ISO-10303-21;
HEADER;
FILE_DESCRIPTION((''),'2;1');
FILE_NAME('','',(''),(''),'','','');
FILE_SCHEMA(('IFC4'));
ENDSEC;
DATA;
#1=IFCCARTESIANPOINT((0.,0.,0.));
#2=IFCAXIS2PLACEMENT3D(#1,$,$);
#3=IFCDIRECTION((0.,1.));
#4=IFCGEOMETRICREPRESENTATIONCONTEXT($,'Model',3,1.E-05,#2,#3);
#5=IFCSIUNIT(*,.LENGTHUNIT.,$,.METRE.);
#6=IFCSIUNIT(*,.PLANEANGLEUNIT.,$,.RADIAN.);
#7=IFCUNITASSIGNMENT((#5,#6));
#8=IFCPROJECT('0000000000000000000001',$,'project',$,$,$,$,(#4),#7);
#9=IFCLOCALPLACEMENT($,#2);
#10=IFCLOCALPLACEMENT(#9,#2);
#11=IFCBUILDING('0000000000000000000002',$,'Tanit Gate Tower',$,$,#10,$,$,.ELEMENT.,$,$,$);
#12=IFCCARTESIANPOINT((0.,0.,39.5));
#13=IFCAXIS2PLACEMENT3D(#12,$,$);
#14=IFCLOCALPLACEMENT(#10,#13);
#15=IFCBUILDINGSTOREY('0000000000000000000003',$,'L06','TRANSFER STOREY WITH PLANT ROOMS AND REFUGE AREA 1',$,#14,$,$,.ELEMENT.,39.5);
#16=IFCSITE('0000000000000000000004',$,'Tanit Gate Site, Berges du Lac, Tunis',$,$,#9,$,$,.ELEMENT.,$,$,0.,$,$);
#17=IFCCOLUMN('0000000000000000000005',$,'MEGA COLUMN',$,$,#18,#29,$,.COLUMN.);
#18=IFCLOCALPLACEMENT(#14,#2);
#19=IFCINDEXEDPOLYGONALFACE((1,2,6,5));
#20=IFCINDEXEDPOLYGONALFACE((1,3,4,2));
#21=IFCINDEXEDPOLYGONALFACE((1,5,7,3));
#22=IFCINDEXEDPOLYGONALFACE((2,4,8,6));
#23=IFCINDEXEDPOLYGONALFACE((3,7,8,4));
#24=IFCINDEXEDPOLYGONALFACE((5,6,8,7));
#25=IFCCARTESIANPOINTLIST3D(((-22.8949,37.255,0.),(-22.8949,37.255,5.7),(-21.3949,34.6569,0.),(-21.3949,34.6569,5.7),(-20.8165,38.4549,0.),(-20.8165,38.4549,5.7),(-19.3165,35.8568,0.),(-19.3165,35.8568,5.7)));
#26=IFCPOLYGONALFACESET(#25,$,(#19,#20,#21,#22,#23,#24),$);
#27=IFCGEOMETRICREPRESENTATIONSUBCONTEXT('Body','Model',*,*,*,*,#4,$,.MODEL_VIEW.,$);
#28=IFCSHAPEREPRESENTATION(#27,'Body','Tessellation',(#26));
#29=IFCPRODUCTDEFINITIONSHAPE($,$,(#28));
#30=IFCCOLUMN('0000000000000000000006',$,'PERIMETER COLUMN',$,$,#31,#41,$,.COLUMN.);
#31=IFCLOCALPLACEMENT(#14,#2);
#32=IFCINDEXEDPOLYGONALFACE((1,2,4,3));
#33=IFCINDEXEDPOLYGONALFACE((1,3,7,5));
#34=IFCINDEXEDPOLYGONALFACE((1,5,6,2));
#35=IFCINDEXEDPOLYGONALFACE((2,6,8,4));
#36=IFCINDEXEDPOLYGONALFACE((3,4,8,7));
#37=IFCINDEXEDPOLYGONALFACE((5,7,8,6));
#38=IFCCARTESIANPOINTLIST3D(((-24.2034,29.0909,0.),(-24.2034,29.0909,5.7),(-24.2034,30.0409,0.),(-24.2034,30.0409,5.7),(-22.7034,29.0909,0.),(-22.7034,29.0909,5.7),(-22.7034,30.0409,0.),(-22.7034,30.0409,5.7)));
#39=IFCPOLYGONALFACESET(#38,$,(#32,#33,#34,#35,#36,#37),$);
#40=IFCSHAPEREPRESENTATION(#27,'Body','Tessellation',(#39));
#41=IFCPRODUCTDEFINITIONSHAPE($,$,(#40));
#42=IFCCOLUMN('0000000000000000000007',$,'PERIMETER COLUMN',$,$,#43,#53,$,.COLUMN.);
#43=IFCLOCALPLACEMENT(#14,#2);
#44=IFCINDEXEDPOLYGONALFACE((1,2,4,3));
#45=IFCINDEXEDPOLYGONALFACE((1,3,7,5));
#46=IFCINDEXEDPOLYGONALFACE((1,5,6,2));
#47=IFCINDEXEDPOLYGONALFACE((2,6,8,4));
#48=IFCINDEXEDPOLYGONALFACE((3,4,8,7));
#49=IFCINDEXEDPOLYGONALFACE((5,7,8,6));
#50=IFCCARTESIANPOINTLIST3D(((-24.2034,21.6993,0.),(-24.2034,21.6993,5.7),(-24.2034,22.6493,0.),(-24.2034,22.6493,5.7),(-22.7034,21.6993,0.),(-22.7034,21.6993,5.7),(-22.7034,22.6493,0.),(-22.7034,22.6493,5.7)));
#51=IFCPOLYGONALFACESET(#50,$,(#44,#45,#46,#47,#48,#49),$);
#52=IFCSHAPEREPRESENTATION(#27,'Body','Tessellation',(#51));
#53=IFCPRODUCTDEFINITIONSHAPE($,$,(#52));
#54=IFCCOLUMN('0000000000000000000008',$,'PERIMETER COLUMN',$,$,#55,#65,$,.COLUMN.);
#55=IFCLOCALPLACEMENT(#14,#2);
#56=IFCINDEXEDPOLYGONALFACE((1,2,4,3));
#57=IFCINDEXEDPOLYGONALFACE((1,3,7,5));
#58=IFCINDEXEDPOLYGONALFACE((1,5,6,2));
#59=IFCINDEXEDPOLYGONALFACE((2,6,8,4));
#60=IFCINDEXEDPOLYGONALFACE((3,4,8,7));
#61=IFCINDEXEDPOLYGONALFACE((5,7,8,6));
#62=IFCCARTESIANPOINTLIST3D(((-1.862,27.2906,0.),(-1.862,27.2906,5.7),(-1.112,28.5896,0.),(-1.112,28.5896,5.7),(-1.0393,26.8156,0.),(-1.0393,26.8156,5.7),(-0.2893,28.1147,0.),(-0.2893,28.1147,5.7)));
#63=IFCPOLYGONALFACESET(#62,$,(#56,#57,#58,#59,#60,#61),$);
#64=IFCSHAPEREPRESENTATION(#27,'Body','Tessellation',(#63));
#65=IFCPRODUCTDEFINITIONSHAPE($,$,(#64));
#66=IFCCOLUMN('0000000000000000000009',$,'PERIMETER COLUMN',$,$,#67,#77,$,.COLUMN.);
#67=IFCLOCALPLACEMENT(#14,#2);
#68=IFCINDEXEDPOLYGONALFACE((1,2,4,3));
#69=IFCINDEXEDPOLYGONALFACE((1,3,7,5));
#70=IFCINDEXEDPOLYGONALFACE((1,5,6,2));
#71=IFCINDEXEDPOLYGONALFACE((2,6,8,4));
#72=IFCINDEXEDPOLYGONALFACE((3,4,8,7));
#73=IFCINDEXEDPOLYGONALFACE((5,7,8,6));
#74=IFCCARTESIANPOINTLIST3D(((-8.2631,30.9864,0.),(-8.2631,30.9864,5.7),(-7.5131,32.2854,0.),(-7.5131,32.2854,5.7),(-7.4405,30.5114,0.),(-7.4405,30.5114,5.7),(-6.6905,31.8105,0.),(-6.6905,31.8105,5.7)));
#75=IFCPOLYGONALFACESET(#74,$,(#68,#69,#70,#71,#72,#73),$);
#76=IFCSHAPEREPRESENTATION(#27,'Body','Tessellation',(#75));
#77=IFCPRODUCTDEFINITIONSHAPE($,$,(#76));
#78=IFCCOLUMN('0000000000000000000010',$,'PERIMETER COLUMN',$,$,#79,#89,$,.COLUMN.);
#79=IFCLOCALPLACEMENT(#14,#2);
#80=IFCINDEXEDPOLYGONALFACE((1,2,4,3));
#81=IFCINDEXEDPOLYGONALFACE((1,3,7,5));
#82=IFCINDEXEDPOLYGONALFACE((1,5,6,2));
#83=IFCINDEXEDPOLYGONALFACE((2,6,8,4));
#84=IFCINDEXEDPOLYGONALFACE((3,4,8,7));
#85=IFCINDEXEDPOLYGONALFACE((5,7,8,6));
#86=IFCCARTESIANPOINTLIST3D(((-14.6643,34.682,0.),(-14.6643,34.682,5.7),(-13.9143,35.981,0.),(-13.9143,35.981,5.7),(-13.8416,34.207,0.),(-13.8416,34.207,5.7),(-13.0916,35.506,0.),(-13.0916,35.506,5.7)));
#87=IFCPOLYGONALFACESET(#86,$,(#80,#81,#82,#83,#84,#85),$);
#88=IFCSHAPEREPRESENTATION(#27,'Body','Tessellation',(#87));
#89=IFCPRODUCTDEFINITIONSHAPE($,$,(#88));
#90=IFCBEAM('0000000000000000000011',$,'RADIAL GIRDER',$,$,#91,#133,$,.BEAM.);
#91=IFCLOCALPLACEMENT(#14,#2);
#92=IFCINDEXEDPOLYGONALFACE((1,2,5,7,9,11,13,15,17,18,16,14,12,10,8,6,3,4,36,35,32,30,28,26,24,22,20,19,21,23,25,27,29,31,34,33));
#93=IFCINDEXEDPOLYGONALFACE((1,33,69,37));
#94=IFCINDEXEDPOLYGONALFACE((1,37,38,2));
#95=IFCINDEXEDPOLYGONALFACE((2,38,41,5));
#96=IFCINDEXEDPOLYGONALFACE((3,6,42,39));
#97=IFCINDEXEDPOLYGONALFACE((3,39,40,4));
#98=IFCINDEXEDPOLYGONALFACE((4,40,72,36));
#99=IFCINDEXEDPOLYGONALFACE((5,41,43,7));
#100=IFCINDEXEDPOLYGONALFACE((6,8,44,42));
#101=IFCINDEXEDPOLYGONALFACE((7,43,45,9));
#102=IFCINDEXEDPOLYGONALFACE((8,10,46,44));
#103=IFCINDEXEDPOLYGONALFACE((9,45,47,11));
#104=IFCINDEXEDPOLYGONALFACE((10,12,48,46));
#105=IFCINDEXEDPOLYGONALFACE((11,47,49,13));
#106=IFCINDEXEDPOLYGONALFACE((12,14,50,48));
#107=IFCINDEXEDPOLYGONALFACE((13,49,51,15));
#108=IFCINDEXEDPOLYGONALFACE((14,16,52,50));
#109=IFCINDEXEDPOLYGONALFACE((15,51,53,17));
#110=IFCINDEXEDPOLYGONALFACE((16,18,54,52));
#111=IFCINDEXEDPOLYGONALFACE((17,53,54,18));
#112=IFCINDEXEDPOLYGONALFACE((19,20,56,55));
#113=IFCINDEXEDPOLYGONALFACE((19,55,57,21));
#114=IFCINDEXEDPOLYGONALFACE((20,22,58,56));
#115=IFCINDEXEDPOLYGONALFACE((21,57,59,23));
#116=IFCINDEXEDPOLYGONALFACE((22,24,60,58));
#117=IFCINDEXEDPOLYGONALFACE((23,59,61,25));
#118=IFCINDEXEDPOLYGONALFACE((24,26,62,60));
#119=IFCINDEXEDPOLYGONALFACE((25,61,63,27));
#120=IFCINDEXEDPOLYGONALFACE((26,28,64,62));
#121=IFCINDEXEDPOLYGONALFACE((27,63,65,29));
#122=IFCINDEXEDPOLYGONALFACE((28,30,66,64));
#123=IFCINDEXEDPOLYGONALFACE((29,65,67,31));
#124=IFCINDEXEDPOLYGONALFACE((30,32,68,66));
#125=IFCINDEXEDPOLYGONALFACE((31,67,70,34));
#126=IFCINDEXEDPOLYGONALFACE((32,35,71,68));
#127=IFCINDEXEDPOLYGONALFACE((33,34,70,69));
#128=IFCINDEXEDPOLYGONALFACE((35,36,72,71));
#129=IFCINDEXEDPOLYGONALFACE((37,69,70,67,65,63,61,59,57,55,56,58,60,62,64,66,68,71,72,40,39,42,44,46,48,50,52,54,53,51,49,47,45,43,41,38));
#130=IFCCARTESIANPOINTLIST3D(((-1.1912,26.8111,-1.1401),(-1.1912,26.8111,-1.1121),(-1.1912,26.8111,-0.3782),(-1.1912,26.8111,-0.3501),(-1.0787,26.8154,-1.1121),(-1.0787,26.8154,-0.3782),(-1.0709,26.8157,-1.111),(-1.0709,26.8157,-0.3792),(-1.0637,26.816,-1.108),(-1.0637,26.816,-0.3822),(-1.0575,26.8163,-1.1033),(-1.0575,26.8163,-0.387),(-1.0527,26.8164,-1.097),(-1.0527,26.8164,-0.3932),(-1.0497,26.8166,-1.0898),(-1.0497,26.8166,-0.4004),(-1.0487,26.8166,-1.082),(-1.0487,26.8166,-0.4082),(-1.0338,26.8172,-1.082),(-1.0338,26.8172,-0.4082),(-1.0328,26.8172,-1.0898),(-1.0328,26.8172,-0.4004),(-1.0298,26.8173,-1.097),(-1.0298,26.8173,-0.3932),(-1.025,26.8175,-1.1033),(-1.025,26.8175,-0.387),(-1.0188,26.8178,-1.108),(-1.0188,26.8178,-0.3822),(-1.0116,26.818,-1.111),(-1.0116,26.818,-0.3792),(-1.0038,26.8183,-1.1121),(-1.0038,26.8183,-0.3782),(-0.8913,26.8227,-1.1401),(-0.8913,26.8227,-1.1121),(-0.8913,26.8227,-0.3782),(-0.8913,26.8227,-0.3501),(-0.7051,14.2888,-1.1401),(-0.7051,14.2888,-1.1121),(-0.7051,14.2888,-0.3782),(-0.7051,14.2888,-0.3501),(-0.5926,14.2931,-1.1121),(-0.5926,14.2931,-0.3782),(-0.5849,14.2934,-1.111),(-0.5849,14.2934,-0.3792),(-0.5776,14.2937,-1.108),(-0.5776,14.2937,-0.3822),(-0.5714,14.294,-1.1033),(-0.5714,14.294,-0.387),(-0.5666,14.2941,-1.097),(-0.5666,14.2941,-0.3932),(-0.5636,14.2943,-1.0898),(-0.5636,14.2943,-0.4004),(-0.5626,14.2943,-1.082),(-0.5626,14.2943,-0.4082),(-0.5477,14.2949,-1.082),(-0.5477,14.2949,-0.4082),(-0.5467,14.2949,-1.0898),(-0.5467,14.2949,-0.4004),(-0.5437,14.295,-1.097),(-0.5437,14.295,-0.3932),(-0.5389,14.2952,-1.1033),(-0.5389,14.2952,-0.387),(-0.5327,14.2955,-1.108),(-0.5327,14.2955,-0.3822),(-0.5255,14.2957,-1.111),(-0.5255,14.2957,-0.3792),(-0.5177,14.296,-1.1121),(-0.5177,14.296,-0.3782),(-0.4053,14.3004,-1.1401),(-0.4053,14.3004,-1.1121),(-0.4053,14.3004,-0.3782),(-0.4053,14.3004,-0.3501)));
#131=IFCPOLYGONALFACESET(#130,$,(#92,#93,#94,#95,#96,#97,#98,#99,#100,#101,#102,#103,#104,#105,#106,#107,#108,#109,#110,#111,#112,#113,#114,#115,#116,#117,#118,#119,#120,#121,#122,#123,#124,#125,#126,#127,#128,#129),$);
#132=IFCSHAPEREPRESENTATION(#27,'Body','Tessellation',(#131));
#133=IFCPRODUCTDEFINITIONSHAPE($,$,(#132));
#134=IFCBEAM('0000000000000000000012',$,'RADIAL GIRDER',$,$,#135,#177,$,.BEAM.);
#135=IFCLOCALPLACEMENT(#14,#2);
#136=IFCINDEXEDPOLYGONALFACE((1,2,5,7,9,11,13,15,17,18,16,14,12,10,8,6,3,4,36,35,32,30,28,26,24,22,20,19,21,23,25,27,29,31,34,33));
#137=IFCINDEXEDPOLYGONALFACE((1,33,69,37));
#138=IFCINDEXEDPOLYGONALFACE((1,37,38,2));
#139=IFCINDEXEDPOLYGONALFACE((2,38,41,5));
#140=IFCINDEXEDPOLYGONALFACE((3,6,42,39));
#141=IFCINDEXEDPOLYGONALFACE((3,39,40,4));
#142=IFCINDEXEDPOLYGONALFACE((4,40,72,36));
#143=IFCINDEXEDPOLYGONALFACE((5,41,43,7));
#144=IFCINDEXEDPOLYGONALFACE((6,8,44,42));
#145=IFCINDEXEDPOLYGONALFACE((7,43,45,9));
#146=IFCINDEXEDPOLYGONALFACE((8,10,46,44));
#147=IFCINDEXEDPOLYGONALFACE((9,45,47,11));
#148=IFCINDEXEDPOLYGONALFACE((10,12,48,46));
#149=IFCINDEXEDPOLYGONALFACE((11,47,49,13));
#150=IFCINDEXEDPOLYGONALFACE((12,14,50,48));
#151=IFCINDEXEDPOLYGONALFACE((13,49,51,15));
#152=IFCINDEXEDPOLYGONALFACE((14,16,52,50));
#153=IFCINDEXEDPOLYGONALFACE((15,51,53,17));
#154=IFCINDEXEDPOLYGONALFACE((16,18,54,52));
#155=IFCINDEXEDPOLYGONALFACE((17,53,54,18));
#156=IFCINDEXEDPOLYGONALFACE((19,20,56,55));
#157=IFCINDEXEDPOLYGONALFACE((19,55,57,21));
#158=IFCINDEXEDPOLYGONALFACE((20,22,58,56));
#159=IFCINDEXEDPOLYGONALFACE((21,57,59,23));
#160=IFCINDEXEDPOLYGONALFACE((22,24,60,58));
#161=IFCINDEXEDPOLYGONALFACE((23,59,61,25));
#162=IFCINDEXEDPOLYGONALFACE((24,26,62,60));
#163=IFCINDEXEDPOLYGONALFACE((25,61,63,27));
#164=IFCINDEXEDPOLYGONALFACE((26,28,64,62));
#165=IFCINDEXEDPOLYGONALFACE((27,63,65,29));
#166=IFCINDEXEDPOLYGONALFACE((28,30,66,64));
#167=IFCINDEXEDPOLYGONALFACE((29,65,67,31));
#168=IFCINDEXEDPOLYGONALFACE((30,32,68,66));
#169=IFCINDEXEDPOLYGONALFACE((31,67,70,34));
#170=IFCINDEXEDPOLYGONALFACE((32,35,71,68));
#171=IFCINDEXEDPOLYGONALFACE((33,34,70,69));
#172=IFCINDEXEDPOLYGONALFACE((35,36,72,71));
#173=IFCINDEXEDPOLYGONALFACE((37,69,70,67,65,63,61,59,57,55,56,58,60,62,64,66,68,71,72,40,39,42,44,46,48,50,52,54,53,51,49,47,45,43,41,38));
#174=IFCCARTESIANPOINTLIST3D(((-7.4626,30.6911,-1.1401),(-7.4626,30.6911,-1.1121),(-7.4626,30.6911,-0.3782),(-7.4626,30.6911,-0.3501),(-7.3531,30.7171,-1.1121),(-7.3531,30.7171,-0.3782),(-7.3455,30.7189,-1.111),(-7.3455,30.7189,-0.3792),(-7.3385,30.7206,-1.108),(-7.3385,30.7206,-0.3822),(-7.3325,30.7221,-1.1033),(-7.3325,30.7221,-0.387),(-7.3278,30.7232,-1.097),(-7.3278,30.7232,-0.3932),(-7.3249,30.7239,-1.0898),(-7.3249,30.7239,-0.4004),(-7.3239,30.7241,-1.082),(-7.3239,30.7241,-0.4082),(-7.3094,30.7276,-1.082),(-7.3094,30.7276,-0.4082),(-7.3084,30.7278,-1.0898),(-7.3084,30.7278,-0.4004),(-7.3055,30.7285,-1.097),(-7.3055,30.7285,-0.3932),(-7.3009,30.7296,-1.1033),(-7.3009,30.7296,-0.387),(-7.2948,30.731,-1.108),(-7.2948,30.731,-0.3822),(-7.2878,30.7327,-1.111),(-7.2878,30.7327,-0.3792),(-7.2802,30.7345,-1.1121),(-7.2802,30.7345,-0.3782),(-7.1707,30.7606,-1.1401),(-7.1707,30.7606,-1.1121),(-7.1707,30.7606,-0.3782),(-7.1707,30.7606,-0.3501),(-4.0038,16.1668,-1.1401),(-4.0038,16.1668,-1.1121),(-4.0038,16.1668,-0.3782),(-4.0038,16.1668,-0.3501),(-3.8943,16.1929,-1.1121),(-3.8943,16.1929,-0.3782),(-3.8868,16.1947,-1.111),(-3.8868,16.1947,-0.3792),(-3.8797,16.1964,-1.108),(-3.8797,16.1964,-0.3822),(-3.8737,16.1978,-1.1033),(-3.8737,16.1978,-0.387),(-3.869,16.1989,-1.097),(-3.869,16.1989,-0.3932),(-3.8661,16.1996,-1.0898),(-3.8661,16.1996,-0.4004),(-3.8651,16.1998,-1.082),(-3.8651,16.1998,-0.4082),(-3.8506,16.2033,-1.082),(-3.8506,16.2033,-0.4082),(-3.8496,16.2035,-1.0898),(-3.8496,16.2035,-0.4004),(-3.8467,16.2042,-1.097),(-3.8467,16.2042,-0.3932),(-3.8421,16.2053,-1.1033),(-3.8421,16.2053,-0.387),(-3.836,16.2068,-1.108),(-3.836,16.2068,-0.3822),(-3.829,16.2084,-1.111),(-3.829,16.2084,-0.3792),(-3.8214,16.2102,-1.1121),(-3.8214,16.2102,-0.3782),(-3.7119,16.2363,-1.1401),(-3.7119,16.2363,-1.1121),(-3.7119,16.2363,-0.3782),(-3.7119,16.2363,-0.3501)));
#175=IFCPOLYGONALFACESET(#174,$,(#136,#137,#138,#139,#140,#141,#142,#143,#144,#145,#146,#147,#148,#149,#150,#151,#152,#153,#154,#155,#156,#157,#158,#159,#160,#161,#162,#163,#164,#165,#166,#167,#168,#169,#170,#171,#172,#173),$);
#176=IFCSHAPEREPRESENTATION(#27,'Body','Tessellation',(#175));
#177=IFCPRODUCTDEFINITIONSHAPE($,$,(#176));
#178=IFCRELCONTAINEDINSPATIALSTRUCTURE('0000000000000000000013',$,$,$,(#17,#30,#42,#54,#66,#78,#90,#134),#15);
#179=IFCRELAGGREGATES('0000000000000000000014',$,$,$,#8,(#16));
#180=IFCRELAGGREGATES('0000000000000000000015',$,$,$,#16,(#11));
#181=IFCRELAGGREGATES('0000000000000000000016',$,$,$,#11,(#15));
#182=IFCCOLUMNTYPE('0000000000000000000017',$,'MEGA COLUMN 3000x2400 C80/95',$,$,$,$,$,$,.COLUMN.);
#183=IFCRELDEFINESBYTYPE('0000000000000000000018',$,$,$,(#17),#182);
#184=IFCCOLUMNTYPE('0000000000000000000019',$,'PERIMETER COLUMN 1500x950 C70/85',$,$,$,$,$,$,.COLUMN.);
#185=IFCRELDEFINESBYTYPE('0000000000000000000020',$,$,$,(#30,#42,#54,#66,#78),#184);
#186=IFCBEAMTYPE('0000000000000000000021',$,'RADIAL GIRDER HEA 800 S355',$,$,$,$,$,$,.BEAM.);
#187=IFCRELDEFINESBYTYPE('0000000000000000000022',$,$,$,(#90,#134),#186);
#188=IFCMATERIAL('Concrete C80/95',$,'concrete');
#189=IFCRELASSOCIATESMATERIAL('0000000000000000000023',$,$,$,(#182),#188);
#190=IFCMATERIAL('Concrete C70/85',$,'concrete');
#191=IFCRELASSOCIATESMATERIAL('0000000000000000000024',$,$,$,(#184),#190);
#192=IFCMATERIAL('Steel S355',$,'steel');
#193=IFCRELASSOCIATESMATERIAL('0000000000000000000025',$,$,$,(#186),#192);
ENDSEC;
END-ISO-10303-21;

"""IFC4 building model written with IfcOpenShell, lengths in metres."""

from ifc_helpers import new_model, si_unit, direction, frame, origin, origin_2d, place, context, subcontext, project, spatial, rectangle, i_section, extrude, material, material_profile, profile_set, type_object, element, save


model = new_model("IFC4")

# Units and contexts
model_context = context("Model", 3, precision=1e-05, world=origin(), true_north=direction((0.0, 1.0)))
body_context = subcontext(model_context, "Body", "Model", "MODEL_VIEW")
ifc_project = project(units=[si_unit("LENGTHUNIT", "METRE"), si_unit("PLANEANGLEUNIT", "RADIAN")], contexts=[model_context])

# Site, building, storey
site_placement = place(None, origin())
site = spatial("IfcSite", under=ifc_project, at=site_placement, Name="Tanit Gate Site, Berges du Lac, Tunis", CompositionType="ELEMENT", RefElevation=0.0)
building_placement = place(site_placement, origin())
building = spatial("IfcBuilding", under=site, at=building_placement, Name="Tanit Gate Tower", CompositionType="ELEMENT")
storey_placement = place(building_placement, frame((0.0, 0.0, 39.5)))
storey = spatial("IfcBuildingStorey", under=building, at=storey_placement, Name="L06", Description="TRANSFER STOREY WITH PLANT ROOMS AND REFUGE AREA 1", CompositionType="ELEMENT", Elevation=39.5)

# Columns
ifc_material_1 = material(Name="Concrete C80/95", Category="concrete")
ifc_material_profile_1 = material_profile(ifc_material_1, rectangle(XDim=3.0, YDim=2.3999, at=origin_2d()), Name="RC 3000x2400")
ifc_profile_set_1 = profile_set([ifc_material_profile_1], Name="Concrete C80/95")
column_type_1 = type_object("IfcColumnType", Name="MEGA COLUMN 3000x2400 C80/95", PredefinedType="COLUMN", material=ifc_profile_set_1)
column_placement = place(storey_placement, frame((-21.1057, 36.5559, 0.0), z_axis=(0.0, 0.0, 1.0), x_axis=(-0.5, 0.866025, 0.0)))
element("IfcColumn", 1, at=column_placement, inside=storey, type_object=column_type_1, Name="MEGA COLUMN", PredefinedType="COLUMN", context=body_context, shape_type="SweptSolid", body=[
    extrude(rectangle(XDim=3.0, YDim=2.3999, at=origin_2d()), origin(), (0.0, 0.0, 1.0), 5.7),
])
ifc_material_2 = material(Name="Concrete C70/85", Category="concrete")
ifc_material_profile_2 = material_profile(ifc_material_2, rectangle(XDim=1.5, YDim=0.95, at=origin_2d()), Name="RC 1500x950")
ifc_profile_set_2 = profile_set([ifc_material_profile_2], Name="Concrete C70/85")
column_type_2 = type_object("IfcColumnType", Name="PERIMETER COLUMN 1500x950 C70/85", PredefinedType="COLUMN", material=ifc_profile_set_2)
for number, where, z_axis, x_axis, name in (
    (2, (-23.4534, 29.5659, 0.0), (0.0, 0.0, 1.0), (-1.0, 0.0, 0.0), "PERIMETER COLUMN"),
    (3, (-23.4534, 22.1743, 0.0), (0.0, 0.0, 1.0), (-1.0, 0.0, 0.0), "PERIMETER COLUMN"),
    (4, (-1.0757, 27.7026, 0.0), (0.0, 0.0, 1.0), (0.5, 0.866025, 0.0), "PERIMETER COLUMN"),
    (5, (-7.4768, 31.3984, 0.0), (0.0, 0.0, 1.0), (0.5, 0.866025, 0.0), "PERIMETER COLUMN"),
    (6, (-13.8779, 35.094, 0.0), (0.0, 0.0, 1.0), (0.5, 0.866025, 0.0), "PERIMETER COLUMN"),
):
    element("IfcColumn", number, at=place(storey_placement, frame(where, z_axis=z_axis, x_axis=x_axis)), inside=storey, type_object=column_type_2, Name=name, PredefinedType="COLUMN", context=body_context, shape_type="SweptSolid", body=[
        extrude(rectangle(XDim=1.5, YDim=0.95, at=origin_2d()), origin(), (0.0, 0.0, 1.0), 5.7),
    ])

# Beams
ifc_material_3 = material(Name="Steel S355", Category="steel")
ifc_material_profile_3 = material_profile(ifc_material_3, i_section(OverallWidth=0.3, OverallDepth=0.79, WebThickness=0.0149, FlangeThickness=0.0281, FilletRadius=0.03, at=origin_2d()), Name="HEA 800")
ifc_profile_set_3 = profile_set([ifc_material_profile_3], Name="Steel S355")
beam_type_1 = type_object("IfcBeamType", Name="RADIAL GIRDER HEA 800 S355", PredefinedType="BEAM", material=ifc_profile_set_3)
beam_1_placement = place(storey_placement, frame((-1.0413, 26.8169, -0.7451), z_axis=(0.038789, -0.999247, 0.0), x_axis=(0.999247, 0.038789, 0.0)))
element("IfcBeam", 7, at=beam_1_placement, inside=storey, type_object=beam_type_1, Name="RADIAL GIRDER", PredefinedType="BEAM", context=body_context, shape_type="SweptSolid", body=[
    extrude(i_section(OverallWidth=0.3, OverallDepth=0.79, WebThickness=0.0149, FlangeThickness=0.0281, FilletRadius=0.03, at=origin_2d()), origin(), (0.0, 0.0, 1.0), 12.5317),
])
beam_2_placement = place(storey_placement, frame((-7.3167, 30.7258, -0.7451), z_axis=(0.231659, -0.972797, 0.0), x_axis=(0.972797, 0.231659, 0.0)))
element("IfcBeam", 8, at=beam_2_placement, inside=storey, type_object=beam_type_1, Name="RADIAL GIRDER", PredefinedType="BEAM", context=body_context, shape_type="SweptSolid", body=[
    extrude(i_section(OverallWidth=0.3, OverallDepth=0.79, WebThickness=0.0149, FlangeThickness=0.0281, FilletRadius=0.03, at=origin_2d()), origin(), (0.0, 0.0, 1.0), 14.9304),
])

save(model, "model.ifc")
